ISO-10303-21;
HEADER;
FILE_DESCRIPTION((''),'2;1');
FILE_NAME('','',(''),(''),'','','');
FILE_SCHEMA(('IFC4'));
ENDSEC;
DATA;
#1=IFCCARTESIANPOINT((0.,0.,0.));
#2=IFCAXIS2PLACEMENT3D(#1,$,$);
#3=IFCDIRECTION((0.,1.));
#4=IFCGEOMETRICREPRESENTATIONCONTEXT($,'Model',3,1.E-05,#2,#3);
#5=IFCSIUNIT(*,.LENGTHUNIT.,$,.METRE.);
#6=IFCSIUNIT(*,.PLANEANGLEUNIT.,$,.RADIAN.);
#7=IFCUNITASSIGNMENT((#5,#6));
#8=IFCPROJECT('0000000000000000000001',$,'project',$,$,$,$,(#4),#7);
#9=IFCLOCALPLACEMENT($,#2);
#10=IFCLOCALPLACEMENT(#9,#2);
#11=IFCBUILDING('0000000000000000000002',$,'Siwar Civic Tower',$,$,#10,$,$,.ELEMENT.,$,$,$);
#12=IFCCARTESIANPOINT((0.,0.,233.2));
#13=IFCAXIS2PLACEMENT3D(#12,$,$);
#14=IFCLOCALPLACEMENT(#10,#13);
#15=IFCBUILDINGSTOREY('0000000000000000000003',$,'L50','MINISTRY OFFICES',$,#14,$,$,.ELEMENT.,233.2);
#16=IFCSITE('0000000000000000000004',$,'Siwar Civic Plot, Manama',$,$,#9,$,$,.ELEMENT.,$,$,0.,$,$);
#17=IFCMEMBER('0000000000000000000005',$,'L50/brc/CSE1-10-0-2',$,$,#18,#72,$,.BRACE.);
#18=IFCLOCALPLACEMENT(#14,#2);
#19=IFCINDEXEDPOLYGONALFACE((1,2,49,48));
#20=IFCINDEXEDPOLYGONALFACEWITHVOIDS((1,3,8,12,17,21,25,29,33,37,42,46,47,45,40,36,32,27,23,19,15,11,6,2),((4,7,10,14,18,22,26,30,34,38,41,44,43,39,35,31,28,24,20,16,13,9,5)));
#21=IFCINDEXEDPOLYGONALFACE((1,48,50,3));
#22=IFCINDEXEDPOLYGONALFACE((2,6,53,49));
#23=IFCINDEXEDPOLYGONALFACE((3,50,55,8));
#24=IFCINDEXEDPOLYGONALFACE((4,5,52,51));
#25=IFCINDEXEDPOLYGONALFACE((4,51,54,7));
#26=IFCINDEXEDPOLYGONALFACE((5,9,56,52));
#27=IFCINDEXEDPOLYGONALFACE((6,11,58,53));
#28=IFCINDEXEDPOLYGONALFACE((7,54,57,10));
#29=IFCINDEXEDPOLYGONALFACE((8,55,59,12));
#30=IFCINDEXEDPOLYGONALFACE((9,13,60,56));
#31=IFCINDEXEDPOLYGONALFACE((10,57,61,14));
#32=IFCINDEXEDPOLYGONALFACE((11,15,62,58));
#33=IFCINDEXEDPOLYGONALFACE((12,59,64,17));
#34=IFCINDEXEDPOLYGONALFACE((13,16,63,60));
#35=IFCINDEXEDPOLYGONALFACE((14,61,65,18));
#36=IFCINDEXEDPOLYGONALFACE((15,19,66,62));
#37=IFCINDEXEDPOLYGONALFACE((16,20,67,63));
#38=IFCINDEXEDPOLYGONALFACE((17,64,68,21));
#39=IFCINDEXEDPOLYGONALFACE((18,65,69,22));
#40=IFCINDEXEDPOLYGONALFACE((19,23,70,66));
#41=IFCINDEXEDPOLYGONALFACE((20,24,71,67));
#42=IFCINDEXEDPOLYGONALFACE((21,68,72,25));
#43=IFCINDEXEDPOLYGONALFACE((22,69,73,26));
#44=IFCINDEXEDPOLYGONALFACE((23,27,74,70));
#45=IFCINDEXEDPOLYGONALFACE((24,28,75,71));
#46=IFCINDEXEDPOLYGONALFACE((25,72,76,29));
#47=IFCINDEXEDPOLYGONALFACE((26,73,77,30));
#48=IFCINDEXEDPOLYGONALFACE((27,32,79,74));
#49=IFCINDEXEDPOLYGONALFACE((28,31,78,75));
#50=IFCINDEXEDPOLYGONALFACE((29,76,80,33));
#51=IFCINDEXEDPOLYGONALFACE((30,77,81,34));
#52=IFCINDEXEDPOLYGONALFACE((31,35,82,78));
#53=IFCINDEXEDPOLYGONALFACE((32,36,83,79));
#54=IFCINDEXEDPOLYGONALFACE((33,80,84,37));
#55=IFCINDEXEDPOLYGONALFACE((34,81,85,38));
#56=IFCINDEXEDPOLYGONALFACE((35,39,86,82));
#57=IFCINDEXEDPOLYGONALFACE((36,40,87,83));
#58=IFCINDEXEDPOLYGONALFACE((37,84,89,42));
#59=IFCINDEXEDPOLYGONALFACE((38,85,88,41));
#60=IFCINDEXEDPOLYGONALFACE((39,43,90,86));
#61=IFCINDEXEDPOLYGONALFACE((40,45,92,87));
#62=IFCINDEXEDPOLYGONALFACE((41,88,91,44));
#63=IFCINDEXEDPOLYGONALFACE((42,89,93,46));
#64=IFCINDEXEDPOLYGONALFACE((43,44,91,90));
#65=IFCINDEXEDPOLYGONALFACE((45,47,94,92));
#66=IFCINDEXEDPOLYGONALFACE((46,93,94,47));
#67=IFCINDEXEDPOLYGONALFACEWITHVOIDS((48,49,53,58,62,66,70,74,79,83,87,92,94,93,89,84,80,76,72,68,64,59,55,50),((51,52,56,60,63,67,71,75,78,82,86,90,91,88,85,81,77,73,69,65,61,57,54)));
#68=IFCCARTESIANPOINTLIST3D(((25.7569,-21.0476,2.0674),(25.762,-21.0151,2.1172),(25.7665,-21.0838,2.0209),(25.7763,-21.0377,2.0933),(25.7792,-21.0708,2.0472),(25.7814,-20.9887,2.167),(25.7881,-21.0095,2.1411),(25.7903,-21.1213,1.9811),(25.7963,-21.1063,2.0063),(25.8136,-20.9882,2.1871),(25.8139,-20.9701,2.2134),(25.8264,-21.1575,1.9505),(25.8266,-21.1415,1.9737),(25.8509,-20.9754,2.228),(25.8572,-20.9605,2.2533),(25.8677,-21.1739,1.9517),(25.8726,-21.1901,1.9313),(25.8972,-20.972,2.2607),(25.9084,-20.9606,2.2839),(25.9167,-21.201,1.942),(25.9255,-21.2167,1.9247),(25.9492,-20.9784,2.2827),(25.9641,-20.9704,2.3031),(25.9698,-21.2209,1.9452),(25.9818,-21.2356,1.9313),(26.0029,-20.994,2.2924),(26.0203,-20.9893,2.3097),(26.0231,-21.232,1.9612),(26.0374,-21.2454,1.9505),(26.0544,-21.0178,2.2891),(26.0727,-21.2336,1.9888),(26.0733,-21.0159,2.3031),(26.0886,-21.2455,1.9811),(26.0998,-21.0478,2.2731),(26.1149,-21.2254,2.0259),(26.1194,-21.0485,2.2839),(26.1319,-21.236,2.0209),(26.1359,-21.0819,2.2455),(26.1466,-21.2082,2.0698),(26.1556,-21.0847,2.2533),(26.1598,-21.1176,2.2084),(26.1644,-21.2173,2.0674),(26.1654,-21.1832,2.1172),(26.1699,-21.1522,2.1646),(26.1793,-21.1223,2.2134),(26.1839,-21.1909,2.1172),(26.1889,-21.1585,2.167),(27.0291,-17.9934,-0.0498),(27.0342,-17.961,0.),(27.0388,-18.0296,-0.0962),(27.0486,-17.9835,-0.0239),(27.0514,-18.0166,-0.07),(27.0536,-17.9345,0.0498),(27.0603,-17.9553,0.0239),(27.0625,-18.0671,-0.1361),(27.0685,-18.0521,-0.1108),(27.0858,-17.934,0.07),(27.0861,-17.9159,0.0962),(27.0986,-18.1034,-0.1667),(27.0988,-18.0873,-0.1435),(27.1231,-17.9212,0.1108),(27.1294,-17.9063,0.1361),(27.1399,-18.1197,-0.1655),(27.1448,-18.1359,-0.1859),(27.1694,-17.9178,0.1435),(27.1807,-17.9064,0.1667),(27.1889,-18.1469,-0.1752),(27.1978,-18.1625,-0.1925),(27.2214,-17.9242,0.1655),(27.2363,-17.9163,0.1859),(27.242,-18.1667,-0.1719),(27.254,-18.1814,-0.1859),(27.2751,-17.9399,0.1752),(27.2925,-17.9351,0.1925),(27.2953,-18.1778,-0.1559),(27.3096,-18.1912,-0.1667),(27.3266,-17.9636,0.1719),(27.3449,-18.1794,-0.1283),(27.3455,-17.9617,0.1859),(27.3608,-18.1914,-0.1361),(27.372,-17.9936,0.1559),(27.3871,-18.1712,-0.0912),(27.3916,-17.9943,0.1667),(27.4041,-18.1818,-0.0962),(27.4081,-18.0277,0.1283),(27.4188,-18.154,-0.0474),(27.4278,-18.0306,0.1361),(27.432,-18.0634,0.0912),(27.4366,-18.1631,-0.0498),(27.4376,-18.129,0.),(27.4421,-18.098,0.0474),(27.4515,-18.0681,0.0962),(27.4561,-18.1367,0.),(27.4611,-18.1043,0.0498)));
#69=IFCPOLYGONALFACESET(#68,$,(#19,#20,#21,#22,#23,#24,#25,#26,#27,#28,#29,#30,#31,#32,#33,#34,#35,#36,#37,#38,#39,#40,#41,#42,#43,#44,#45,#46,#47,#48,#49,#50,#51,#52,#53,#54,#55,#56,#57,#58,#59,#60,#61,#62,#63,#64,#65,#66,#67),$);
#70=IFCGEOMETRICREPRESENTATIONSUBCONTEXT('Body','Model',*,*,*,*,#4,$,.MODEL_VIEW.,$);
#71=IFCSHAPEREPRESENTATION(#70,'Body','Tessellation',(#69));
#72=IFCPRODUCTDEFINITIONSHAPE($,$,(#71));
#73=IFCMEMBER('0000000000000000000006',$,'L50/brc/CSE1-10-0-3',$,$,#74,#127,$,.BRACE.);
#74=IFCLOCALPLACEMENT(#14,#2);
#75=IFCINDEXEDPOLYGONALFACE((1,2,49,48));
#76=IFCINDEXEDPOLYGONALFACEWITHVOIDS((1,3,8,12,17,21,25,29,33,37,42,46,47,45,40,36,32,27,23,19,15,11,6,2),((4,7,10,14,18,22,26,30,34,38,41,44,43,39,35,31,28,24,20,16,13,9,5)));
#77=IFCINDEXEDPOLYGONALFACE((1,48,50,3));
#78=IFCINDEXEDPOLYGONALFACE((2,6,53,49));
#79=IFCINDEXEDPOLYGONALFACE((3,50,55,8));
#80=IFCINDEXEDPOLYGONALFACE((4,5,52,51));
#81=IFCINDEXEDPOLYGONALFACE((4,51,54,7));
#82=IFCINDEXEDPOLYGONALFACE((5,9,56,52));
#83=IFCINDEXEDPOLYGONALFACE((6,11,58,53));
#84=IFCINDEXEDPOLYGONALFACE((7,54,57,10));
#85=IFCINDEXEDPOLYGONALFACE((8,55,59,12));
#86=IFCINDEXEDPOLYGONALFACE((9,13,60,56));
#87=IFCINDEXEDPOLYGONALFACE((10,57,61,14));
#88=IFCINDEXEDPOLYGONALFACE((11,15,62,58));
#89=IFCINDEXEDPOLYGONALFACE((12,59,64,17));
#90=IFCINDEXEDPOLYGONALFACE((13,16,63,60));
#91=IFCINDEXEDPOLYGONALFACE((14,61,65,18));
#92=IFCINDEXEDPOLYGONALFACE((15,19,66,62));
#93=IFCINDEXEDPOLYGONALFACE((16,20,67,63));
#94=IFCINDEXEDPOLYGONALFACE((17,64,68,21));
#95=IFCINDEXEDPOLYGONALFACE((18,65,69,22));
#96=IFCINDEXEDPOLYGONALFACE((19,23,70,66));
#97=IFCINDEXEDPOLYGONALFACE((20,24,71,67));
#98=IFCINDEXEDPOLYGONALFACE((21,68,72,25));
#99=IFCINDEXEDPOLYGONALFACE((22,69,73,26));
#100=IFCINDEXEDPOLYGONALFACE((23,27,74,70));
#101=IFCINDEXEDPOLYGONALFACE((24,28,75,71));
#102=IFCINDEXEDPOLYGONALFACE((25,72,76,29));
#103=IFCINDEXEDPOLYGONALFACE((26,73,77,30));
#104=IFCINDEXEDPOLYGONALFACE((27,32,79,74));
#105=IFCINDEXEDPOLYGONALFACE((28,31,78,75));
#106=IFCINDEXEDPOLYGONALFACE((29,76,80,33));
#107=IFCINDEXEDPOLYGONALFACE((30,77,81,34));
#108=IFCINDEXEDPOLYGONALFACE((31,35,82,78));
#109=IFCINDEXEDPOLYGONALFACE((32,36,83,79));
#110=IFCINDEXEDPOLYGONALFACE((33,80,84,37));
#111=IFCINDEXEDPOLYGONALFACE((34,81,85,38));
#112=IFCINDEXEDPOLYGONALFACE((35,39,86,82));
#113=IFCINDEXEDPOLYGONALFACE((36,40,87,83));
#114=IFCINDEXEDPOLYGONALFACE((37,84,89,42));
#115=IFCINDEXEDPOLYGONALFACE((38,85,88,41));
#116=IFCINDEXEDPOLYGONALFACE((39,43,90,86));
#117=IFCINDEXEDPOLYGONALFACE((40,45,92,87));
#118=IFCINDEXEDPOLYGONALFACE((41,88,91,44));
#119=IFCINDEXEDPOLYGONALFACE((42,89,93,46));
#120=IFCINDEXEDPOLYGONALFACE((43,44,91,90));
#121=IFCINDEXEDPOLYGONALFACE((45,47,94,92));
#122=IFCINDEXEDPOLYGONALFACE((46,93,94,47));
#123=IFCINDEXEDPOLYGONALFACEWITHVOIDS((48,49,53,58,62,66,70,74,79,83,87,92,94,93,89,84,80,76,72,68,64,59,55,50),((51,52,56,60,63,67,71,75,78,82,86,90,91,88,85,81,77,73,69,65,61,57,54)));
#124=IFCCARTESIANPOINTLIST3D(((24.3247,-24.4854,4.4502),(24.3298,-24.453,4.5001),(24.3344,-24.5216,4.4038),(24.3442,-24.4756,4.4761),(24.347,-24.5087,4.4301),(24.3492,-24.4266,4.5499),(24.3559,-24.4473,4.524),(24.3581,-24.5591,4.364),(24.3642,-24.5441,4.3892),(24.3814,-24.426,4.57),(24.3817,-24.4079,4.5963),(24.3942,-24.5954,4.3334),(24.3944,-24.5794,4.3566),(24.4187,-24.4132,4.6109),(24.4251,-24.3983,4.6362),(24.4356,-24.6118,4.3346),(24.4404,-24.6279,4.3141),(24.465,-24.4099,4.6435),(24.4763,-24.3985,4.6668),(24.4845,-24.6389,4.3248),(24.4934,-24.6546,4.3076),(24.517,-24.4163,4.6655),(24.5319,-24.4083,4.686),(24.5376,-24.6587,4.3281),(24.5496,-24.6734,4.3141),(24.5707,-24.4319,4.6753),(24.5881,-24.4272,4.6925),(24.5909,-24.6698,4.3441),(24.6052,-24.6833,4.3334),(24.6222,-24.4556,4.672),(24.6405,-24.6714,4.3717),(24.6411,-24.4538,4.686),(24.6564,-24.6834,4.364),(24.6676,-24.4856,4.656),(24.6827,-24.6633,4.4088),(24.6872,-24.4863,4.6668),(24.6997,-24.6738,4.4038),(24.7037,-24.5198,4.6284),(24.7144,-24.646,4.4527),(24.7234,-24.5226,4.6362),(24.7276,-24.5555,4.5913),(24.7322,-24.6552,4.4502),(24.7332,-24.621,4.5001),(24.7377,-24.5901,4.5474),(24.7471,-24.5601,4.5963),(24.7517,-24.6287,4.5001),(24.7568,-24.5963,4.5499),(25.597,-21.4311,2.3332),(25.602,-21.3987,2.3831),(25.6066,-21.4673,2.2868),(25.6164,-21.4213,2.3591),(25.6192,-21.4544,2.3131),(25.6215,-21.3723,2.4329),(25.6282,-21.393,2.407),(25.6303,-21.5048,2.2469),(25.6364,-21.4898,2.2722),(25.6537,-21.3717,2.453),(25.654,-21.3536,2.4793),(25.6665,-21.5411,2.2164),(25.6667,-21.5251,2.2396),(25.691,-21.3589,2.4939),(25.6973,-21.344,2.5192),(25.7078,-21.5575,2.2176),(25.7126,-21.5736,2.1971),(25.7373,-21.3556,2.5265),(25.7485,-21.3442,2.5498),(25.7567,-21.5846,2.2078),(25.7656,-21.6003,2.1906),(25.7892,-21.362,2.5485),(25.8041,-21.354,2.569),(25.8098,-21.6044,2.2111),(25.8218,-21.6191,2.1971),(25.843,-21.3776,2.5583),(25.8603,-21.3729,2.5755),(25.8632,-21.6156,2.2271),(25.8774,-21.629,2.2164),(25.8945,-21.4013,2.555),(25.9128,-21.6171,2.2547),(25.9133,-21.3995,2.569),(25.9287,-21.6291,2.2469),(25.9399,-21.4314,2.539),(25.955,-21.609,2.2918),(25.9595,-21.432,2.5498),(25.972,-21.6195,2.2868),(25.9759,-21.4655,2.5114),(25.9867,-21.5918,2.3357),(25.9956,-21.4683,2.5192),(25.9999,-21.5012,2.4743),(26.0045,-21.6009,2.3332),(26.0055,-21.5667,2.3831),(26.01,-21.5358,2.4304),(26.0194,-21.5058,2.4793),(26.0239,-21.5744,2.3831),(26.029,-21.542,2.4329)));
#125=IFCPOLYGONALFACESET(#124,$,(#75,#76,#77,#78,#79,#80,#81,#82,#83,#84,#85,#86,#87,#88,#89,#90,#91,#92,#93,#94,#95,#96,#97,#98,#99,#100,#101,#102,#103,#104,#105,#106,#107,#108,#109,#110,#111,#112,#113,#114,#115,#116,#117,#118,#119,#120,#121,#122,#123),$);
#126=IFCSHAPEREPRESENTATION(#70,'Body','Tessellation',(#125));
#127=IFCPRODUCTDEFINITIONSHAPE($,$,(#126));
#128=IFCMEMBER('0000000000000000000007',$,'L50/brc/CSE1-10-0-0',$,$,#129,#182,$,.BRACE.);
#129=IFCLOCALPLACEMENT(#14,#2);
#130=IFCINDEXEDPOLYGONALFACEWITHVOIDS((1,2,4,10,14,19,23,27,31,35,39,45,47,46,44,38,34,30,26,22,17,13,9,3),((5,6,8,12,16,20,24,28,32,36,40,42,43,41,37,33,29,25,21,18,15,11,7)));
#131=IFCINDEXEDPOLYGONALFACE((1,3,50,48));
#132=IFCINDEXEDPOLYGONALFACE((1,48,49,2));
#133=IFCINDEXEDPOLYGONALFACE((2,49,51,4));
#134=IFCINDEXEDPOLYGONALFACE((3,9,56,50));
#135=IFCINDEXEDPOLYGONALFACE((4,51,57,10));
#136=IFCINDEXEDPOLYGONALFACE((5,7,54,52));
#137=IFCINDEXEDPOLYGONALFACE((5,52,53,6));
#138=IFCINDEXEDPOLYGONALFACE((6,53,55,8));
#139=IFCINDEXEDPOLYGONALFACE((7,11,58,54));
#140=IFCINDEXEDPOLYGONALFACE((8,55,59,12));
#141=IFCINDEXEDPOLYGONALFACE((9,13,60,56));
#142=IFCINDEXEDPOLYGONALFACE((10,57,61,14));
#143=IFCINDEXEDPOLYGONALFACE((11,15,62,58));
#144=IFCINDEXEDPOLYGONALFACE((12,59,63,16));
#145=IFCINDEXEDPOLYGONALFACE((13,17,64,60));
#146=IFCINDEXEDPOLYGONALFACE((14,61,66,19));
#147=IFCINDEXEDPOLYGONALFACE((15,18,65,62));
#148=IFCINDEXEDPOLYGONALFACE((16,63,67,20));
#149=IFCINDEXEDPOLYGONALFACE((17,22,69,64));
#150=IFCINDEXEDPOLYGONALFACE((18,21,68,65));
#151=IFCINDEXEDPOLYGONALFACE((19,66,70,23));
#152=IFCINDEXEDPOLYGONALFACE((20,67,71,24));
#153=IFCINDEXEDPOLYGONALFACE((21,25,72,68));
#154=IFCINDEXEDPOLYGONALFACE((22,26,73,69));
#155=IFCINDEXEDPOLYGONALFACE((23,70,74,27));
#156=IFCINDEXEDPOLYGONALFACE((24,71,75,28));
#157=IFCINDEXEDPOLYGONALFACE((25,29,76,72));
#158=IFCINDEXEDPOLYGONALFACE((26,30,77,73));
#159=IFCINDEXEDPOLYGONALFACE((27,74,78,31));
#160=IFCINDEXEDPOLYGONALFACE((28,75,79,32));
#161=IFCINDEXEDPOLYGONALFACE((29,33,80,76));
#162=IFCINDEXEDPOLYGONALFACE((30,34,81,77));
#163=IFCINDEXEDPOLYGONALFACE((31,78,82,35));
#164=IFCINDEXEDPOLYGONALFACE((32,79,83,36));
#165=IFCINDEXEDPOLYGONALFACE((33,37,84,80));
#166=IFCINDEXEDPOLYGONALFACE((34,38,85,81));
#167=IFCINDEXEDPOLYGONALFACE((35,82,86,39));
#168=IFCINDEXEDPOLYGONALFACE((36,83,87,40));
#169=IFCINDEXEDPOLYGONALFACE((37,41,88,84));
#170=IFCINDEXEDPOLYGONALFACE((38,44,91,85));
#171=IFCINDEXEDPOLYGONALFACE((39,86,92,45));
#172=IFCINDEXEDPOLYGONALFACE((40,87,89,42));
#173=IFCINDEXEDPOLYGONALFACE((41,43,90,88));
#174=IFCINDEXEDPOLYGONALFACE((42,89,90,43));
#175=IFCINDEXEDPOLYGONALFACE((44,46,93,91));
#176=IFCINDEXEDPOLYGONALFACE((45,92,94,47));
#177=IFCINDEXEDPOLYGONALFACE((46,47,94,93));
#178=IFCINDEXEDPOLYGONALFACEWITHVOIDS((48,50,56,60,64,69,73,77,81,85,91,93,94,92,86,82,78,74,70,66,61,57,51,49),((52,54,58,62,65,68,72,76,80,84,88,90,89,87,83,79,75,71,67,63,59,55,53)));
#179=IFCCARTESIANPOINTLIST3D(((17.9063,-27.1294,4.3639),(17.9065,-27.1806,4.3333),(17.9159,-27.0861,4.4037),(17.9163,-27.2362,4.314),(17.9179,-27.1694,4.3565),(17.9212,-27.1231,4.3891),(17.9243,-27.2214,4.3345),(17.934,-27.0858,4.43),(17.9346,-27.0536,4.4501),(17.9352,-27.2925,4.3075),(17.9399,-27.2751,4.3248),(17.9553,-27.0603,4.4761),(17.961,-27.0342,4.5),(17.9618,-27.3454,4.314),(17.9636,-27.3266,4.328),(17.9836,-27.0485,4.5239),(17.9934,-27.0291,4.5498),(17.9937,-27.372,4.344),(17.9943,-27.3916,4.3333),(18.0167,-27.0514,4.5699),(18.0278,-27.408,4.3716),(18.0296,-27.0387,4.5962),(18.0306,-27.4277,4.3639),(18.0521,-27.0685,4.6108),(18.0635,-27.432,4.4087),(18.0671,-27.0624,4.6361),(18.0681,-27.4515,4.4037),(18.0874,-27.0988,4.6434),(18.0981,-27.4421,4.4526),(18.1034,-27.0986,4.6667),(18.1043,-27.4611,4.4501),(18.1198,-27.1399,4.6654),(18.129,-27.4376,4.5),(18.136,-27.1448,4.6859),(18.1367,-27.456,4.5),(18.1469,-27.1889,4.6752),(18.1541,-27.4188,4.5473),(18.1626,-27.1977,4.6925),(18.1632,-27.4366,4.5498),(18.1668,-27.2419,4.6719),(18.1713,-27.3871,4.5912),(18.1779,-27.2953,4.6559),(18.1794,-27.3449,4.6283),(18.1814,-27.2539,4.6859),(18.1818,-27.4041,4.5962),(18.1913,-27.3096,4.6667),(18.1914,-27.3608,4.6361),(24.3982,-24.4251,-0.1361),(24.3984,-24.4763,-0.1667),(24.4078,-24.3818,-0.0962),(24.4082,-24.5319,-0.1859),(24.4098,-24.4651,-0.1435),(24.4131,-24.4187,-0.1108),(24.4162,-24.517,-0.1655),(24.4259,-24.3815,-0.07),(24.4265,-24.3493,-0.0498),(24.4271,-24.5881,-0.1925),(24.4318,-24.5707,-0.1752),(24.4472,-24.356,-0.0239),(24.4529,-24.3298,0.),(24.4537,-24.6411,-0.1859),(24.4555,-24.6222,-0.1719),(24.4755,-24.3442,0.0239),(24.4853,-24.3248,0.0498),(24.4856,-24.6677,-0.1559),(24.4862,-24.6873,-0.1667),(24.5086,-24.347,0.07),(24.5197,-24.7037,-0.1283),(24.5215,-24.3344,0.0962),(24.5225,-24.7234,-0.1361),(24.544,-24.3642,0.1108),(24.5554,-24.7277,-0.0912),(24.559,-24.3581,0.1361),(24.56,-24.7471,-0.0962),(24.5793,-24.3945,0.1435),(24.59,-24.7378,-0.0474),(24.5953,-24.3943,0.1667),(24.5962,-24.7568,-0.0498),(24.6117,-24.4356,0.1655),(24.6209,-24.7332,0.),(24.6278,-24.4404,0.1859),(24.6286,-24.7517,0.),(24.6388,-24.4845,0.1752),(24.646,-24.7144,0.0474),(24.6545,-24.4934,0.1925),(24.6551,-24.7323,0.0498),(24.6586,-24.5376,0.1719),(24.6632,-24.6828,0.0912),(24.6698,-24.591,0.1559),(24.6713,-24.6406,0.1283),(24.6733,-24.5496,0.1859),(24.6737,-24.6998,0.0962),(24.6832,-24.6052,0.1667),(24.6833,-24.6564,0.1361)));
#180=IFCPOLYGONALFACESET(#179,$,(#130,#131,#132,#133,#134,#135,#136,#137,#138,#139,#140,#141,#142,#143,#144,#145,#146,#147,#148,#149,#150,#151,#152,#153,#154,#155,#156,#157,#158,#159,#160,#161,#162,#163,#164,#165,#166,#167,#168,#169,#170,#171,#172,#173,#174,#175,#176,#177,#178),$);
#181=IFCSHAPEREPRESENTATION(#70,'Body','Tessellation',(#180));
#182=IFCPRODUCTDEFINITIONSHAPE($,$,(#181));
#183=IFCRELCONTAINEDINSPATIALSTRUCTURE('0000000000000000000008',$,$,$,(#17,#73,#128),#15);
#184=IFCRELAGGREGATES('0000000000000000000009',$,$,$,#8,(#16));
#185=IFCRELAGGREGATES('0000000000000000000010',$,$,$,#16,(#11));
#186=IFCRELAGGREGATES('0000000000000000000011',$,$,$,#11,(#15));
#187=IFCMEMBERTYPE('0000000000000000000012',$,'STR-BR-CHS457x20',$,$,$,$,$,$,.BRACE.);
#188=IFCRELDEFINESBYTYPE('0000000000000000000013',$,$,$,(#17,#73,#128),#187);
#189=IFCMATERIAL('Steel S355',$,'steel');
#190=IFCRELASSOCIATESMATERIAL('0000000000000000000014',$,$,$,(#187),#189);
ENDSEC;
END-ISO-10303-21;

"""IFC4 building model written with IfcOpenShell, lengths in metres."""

from ifc_helpers import new_model, si_unit, direction, frame, origin, origin_2d, place, context, subcontext, project, spatial, hollow_circle, extrude, material, material_profile, profile_set, type_object, element, save


model = new_model("IFC4")

# Units and contexts
model_context = context("Model", 3, precision=1e-05, world=origin(), true_north=direction((0.0, 1.0)))
body_context = subcontext(model_context, "Body", "Model", "MODEL_VIEW")
ifc_project = project(units=[si_unit("LENGTHUNIT", "METRE"), si_unit("PLANEANGLEUNIT", "RADIAN")], contexts=[model_context])

# Site, building, storey
site_placement = place(None, origin())
site = spatial("IfcSite", under=ifc_project, at=site_placement, Name="Siwar Civic Plot, Manama", CompositionType="ELEMENT", RefElevation=0.0)
building_placement = place(site_placement, origin())
building = spatial("IfcBuilding", under=site, at=building_placement, Name="Siwar Civic Tower", CompositionType="ELEMENT")
storey_placement = place(building_placement, frame((0.0, 0.0, 233.2)))
storey = spatial("IfcBuildingStorey", under=building, at=storey_placement, Name="L50", Description="MINISTRY OFFICES", CompositionType="ELEMENT", Elevation=233.2)

# Members
ifc_material_1 = material(Name="Steel S355", Category="steel")
ifc_material_profile_1 = material_profile(ifc_material_1, hollow_circle(Radius=0.2285, WallThickness=0.02, at=origin_2d()), Name="CHS457x20")
ifc_profile_set_1 = profile_set([ifc_material_profile_1], Name="Steel S355")
member_type_1 = type_object("IfcMemberType", Name="STR-BR-CHS457x20", PredefinedType="BRACE", material=ifc_profile_set_1)
for number, where, z_axis, x_axis, name in (
    (1, (27.2451, -18.0488, 0.0), (-0.323884, -0.777546, 0.538999), (0.923116, -0.384521, 0.0), "L50/brc/CSE1-10-0-2"),
    (2, (25.813, -21.4866, 2.3831), (-0.323895, -0.777572, 0.538955), (0.923116, -0.384521, 0.0), "L50/brc/CSE1-10-0-3"),
):
    element("IfcMember", number, at=place(storey_placement, frame(where, z_axis=z_axis, x_axis=x_axis)), inside=storey, type_object=member_type_1, Name=name, PredefinedType="BRACE", context=body_context, shape_type="SweptSolid", body=[
        extrude(hollow_circle(Radius=0.2285, WallThickness=0.02, at=origin_2d()), origin(), (0.0, 0.0, 1.0), 3.928),
    ])
member_1_placement = place(storey_placement, frame((24.5408, -24.5408, 0.0), z_axis=(-0.777555, -0.323906, 0.538975), x_axis=(0.384539, -0.923109, 0.0)))
element("IfcMember", 3, at=member_1_placement, inside=storey, type_object=member_type_1, Name="L50/brc/CSE1-10-0-0", PredefinedType="BRACE", context=body_context, shape_type="SweptSolid", body=[
    extrude(hollow_circle(Radius=0.2285, WallThickness=0.02, at=origin_2d()), origin(), (0.0, 0.0, 1.0), 8.3491),
])

save(model, "model.ifc")
